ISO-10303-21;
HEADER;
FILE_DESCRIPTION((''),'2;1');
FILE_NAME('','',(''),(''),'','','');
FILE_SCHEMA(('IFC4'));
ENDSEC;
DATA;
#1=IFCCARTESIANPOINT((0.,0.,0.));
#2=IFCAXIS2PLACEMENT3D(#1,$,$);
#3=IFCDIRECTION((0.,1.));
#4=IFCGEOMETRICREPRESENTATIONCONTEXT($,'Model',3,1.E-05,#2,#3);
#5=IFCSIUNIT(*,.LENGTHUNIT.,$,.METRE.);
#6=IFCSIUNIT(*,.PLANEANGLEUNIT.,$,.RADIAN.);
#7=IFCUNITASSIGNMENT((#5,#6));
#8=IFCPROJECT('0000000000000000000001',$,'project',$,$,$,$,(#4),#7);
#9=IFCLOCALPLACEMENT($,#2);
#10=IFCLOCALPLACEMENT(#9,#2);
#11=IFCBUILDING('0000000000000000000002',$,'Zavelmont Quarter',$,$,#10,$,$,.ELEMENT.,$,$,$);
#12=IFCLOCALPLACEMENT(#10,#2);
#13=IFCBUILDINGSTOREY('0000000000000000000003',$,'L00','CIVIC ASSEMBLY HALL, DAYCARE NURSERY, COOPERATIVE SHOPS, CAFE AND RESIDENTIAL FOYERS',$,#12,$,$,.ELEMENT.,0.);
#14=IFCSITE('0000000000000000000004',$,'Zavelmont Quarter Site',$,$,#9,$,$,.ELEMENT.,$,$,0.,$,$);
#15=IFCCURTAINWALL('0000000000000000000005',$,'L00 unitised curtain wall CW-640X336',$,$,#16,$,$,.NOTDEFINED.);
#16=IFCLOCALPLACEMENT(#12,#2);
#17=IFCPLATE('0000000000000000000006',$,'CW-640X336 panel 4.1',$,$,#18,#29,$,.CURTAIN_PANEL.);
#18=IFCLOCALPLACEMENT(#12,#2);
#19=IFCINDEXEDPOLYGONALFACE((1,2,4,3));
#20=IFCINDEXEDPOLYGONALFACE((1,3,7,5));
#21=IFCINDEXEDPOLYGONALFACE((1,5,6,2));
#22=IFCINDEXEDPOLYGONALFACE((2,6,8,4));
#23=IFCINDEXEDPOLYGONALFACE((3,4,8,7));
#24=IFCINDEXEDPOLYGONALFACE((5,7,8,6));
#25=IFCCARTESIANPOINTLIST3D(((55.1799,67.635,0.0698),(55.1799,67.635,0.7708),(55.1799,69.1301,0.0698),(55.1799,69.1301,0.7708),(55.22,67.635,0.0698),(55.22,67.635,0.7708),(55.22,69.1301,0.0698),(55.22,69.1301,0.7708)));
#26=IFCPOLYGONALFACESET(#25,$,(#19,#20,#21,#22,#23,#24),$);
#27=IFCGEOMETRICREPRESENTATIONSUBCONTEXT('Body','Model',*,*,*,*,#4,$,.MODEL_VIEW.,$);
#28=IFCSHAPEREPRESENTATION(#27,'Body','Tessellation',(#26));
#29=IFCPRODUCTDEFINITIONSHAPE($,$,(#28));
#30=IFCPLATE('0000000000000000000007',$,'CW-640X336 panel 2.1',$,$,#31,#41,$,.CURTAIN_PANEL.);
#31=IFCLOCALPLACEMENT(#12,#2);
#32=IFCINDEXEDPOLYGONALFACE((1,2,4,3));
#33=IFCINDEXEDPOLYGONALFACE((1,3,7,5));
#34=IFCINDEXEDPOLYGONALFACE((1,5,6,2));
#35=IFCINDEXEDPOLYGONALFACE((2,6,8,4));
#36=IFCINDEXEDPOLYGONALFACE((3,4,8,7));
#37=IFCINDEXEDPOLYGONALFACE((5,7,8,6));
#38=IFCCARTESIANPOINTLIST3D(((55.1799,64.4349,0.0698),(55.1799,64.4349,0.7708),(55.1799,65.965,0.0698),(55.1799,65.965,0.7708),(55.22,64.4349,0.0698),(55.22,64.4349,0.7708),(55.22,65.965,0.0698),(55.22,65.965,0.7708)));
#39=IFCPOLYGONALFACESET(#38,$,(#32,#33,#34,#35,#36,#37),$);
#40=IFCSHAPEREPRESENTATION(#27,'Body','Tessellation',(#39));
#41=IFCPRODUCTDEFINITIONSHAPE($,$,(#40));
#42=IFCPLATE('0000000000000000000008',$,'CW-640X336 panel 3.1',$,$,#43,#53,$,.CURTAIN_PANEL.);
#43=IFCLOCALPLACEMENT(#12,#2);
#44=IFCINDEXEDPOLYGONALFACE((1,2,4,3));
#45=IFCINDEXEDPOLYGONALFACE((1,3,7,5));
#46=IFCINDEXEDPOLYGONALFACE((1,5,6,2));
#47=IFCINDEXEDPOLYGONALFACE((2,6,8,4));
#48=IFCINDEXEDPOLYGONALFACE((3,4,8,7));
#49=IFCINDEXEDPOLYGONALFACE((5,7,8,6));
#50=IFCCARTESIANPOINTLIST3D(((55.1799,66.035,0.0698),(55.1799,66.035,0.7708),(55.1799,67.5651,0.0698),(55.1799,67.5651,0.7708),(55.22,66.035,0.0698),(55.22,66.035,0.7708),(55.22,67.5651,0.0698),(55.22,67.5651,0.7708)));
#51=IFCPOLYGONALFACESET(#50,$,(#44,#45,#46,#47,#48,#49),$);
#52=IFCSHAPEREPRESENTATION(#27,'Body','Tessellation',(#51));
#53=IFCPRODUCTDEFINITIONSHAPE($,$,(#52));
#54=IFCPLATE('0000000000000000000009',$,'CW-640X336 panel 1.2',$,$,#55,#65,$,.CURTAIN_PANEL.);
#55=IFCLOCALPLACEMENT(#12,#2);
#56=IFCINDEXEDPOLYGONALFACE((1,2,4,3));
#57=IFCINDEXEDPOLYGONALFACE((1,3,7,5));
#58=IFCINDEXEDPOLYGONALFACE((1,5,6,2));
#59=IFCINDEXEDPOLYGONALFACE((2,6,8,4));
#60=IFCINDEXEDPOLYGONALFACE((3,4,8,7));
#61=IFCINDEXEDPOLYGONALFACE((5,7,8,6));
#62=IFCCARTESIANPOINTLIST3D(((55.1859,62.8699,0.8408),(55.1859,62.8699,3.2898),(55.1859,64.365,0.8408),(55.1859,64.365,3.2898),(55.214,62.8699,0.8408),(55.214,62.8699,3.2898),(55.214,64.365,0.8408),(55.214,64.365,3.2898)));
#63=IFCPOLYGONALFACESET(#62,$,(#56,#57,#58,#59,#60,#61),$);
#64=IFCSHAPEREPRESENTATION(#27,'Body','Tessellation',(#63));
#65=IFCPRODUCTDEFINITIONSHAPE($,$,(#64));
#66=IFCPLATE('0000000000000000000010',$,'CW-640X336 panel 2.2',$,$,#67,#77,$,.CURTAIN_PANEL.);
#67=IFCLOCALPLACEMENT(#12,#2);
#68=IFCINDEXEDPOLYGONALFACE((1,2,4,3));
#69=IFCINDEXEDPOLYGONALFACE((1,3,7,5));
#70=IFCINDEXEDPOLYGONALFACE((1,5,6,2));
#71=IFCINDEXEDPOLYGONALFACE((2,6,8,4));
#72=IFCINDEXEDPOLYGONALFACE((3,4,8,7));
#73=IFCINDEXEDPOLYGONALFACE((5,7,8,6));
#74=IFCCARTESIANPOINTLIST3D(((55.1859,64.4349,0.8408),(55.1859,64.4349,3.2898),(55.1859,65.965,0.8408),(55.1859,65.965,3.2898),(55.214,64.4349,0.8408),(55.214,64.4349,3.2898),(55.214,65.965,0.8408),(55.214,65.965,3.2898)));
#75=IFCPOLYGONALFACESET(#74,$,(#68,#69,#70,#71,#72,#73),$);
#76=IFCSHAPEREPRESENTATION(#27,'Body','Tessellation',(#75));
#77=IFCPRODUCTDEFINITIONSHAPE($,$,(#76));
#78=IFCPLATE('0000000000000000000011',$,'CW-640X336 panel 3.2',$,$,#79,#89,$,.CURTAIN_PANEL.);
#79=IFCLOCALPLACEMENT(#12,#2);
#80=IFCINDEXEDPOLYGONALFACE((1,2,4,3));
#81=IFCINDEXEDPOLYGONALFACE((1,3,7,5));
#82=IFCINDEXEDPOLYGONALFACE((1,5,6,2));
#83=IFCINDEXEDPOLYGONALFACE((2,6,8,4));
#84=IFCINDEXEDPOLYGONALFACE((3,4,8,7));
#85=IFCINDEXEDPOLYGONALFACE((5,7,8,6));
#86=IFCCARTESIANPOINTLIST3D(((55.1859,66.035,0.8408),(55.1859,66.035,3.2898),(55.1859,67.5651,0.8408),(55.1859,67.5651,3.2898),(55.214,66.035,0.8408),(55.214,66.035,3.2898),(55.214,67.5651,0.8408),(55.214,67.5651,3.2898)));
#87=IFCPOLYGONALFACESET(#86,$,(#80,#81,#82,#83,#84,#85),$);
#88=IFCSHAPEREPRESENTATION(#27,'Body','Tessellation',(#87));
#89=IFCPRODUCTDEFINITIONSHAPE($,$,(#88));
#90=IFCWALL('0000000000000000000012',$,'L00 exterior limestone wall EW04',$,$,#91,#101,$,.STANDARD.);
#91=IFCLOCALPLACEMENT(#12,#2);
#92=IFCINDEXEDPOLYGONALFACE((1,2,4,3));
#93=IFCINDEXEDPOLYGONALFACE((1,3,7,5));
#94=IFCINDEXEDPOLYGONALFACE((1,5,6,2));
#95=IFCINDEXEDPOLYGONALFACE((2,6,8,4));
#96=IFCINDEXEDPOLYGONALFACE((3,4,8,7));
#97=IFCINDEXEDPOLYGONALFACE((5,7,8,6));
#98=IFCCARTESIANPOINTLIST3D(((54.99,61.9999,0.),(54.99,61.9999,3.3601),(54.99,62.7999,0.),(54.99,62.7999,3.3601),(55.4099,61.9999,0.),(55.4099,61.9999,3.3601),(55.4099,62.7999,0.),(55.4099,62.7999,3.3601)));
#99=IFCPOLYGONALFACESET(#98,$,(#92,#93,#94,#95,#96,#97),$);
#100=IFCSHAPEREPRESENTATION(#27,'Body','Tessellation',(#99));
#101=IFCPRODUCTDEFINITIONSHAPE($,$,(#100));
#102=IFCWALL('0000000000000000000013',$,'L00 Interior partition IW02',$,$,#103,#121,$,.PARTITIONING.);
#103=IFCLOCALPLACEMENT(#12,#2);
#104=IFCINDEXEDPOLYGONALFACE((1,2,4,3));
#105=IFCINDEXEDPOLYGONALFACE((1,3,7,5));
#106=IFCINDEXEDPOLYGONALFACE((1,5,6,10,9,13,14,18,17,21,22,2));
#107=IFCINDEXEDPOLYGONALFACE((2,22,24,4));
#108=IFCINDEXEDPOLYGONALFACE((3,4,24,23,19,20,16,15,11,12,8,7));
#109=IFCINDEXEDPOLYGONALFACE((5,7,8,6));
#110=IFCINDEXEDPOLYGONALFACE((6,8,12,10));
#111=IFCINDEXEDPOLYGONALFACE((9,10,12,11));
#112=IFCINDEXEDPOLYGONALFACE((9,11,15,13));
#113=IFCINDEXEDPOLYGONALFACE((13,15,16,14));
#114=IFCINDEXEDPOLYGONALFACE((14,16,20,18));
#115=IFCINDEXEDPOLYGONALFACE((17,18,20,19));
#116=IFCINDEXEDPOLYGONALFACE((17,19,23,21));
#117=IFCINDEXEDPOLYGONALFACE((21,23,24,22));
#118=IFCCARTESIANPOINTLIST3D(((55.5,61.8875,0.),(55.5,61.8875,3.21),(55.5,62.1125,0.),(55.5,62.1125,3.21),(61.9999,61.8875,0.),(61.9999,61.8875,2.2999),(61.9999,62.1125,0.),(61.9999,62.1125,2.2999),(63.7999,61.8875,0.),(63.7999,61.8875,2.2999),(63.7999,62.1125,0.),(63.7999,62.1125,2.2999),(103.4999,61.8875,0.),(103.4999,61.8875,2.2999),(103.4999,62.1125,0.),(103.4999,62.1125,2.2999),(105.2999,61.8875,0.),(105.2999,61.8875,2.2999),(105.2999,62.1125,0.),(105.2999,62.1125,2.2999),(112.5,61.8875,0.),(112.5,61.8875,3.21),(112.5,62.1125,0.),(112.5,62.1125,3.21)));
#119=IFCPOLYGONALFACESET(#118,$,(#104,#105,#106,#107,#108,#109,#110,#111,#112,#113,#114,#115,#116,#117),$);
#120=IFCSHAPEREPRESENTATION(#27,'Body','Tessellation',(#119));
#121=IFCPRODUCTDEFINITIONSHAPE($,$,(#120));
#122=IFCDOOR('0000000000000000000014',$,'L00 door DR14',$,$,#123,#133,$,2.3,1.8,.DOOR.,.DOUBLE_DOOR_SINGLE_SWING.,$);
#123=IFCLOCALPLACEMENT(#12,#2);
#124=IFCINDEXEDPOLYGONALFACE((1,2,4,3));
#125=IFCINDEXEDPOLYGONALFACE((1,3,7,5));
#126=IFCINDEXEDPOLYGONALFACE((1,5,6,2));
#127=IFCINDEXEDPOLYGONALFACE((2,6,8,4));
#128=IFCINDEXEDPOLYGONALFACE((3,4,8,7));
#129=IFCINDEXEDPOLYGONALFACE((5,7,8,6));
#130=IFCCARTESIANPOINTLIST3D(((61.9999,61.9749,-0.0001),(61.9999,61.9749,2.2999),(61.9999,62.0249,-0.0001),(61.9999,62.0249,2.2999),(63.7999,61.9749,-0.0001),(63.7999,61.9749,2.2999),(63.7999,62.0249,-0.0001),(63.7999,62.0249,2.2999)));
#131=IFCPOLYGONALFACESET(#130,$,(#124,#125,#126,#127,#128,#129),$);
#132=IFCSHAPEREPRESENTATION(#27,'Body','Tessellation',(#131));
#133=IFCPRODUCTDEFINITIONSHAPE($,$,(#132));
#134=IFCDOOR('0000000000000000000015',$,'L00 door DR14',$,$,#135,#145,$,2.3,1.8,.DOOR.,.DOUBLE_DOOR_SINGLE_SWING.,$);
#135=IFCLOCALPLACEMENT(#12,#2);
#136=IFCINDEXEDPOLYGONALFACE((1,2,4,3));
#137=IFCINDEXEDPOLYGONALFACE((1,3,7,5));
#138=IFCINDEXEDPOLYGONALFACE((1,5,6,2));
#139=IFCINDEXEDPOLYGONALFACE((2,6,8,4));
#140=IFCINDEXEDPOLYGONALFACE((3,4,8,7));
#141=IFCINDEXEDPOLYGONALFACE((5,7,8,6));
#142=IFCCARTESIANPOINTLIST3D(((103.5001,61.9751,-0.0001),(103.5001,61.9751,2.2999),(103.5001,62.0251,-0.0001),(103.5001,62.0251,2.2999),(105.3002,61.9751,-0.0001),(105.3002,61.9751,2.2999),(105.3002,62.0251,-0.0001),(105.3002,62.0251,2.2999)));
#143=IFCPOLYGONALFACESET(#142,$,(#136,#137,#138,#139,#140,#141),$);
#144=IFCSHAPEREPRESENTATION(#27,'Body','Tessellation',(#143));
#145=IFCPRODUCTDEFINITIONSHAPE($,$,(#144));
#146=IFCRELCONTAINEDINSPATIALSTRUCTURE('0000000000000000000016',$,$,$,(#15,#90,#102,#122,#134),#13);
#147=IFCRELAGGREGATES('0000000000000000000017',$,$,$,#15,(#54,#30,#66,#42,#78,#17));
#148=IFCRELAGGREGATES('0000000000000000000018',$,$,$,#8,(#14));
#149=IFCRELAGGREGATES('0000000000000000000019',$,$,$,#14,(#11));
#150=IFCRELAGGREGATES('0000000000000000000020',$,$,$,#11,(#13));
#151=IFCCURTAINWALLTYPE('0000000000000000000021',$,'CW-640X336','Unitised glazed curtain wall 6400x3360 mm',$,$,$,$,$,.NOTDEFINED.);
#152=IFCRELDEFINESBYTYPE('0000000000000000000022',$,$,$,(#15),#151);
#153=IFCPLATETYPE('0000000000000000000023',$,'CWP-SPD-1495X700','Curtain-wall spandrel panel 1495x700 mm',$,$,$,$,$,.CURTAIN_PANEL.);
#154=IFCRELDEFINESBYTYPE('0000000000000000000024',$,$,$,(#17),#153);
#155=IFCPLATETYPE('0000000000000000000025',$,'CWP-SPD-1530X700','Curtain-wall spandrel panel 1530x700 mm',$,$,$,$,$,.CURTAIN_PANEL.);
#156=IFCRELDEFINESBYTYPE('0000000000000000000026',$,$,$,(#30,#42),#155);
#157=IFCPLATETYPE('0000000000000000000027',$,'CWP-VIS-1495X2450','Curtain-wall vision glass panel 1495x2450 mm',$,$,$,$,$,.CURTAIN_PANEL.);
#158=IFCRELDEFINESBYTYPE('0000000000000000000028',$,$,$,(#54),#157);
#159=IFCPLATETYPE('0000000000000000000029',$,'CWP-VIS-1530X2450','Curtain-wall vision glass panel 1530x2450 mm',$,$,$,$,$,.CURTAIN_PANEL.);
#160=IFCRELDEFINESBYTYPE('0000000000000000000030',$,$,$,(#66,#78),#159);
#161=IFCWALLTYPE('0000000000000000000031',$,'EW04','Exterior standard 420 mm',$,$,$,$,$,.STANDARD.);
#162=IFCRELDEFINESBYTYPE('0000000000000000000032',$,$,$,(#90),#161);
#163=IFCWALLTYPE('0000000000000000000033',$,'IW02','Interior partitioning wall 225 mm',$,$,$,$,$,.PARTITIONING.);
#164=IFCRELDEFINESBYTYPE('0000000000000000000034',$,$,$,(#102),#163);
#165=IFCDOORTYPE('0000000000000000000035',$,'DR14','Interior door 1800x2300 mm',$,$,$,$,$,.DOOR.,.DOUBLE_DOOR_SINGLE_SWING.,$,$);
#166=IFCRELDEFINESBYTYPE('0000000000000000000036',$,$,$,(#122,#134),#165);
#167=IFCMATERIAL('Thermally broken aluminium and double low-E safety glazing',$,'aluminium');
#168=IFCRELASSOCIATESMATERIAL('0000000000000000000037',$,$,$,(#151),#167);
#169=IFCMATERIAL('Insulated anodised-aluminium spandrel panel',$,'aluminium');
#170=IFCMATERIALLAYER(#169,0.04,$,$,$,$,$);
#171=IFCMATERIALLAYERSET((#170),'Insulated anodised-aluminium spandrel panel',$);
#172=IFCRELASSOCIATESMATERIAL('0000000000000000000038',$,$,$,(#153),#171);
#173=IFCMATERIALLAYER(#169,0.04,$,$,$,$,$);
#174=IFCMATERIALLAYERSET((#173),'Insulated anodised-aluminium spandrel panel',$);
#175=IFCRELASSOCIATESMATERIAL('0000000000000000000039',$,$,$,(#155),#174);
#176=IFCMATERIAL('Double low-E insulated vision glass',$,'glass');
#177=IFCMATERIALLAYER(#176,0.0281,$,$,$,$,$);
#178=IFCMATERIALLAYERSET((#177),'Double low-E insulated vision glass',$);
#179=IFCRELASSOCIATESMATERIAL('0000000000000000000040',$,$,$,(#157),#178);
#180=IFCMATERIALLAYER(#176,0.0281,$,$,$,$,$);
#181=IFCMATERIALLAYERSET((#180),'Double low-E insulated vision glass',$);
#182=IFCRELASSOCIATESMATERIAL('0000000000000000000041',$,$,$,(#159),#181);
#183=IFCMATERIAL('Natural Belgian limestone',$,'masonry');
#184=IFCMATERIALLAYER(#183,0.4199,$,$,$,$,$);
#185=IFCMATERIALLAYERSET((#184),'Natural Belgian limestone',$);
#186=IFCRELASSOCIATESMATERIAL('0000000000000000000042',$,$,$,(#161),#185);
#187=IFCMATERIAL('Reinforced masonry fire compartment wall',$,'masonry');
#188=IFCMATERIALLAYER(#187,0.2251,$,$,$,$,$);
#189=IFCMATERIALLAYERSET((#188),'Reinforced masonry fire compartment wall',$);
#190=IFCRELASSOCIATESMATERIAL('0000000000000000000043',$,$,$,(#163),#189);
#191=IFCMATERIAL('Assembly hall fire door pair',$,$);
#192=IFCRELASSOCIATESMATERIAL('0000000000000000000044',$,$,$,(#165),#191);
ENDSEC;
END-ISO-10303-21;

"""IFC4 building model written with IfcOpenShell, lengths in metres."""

from ifc_helpers import new_model, si_unit, direction, frame, frame_2d, origin, origin_with_axes, origin_2d, place, context, subcontext, project, spatial, rectangle, extrude, material, layer, layer_set, type_object, element, fill, aggregate, save


model = new_model("IFC4")

# Units and contexts
model_context = context("Model", 3, precision=1e-05, world=origin(), true_north=direction((0.0, 1.0)))
body_context = subcontext(model_context, "Body", "Model", "MODEL_VIEW")
ifc_project = project(units=[si_unit("LENGTHUNIT", "METRE"), si_unit("PLANEANGLEUNIT", "RADIAN")], contexts=[model_context])

# Site, building, storey
site_placement = place(None, origin())
site = spatial("IfcSite", under=ifc_project, at=site_placement, Name="Zavelmont Quarter Site", CompositionType="ELEMENT", RefElevation=0.0)
building_placement = place(site_placement, origin())
building = spatial("IfcBuilding", under=site, at=building_placement, Name="Zavelmont Quarter", CompositionType="ELEMENT")
storey_placement = place(building_placement, origin())
storey = spatial("IfcBuildingStorey", under=building, at=storey_placement, Name="L00", Description="CIVIC ASSEMBLY HALL, DAYCARE NURSERY, COOPERATIVE SHOPS, CAFE AND RESIDENTIAL FOYERS", CompositionType="ELEMENT", Elevation=0.0)

# Curtain wall, plates
ifc_material_1 = material(Name="Thermally broken aluminium and double low-E safety glazing", Category="aluminium")
curtain_wall_type = type_object("IfcCurtainWallType", Name="CW-640X336", Description="Unitised glazed curtain wall 6400x3360 mm", PredefinedType="NOTDEFINED", material=ifc_material_1)
curtain_wall_placement = place(storey_placement, origin())
curtain_wall = element("IfcCurtainWall", 1, at=curtain_wall_placement, inside=storey, type_object=curtain_wall_type, Name="L00 unitised curtain wall CW-640X336", PredefinedType="NOTDEFINED")
ifc_material_2 = material(Name="Insulated anodised-aluminium spandrel panel", Category="aluminium")
ifc_layer_1 = layer(ifc_material_2, 0.04)
ifc_layer_set_1 = layer_set([ifc_layer_1], Name="Insulated anodised-aluminium spandrel panel")
plate_type_1 = type_object("IfcPlateType", Name="CWP-SPD-1495X700", Description="Curtain-wall spandrel panel 1495x700 mm", PredefinedType="CURTAIN_PANEL", material=ifc_layer_set_1)
plate_1_placement = place(storey_placement, frame((55.2, 68.3826, 0.0698), z_axis=(0.0, 0.0, 1.0), x_axis=(0.0, 1.0, 0.0)))
plate_1 = element("IfcPlate", 2, at=plate_1_placement, type_object=plate_type_1, Name="CW-640X336 panel 4.1", PredefinedType="CURTAIN_PANEL", context=body_context, shape_type="SweptSolid", body=[
    extrude(rectangle(XDim=1.4951, YDim=0.04, at=origin_2d()), origin(), (0.0, 0.0, 1.0), 0.7009),
])
ifc_layer_2 = layer(ifc_material_2, 0.04)
ifc_layer_set_2 = layer_set([ifc_layer_2], Name="Insulated anodised-aluminium spandrel panel")
plate_type_2 = type_object("IfcPlateType", Name="CWP-SPD-1530X700", Description="Curtain-wall spandrel panel 1530x700 mm", PredefinedType="CURTAIN_PANEL", material=ifc_layer_set_2)
plate_2_placement = place(storey_placement, frame((55.2, 65.2, 0.0698), z_axis=(0.0, 0.0, 1.0), x_axis=(0.0, 1.0, 0.0)))
plate_2 = element("IfcPlate", 3, at=plate_2_placement, type_object=plate_type_2, Name="CW-640X336 panel 2.1", PredefinedType="CURTAIN_PANEL", context=body_context, shape_type="SweptSolid", body=[
    extrude(rectangle(XDim=1.53, YDim=0.04, at=origin_2d()), origin(), (0.0, 0.0, 1.0), 0.7009),
])
plate_3_placement = place(storey_placement, frame((55.2, 66.8, 0.0698), z_axis=(0.0, 0.0, 1.0), x_axis=(0.0, 1.0, 0.0)))
plate_3 = element("IfcPlate", 4, at=plate_3_placement, type_object=plate_type_2, Name="CW-640X336 panel 3.1", PredefinedType="CURTAIN_PANEL", context=body_context, shape_type="SweptSolid", body=[
    extrude(rectangle(XDim=1.53, YDim=0.04, at=origin_2d()), origin(), (0.0, 0.0, 1.0), 0.7009),
])
ifc_material_3 = material(Name="Double low-E insulated vision glass", Category="glass")
ifc_layer_3 = layer(ifc_material_3, 0.0281)
ifc_layer_set_3 = layer_set([ifc_layer_3], Name="Double low-E insulated vision glass")
plate_type_3 = type_object("IfcPlateType", Name="CWP-VIS-1495X2450", Description="Curtain-wall vision glass panel 1495x2450 mm", PredefinedType="CURTAIN_PANEL", material=ifc_layer_set_3)
plate_4_placement = place(storey_placement, frame((55.2, 63.6174, 0.8408), z_axis=(0.0, 0.0, 1.0), x_axis=(0.0, 1.0, 0.0)))
plate_4 = element("IfcPlate", 5, at=plate_4_placement, type_object=plate_type_3, Name="CW-640X336 panel 1.2", PredefinedType="CURTAIN_PANEL", context=body_context, shape_type="SweptSolid", body=[
    extrude(rectangle(XDim=1.4951, YDim=0.0281, at=origin_2d()), origin(), (0.0, 0.0, 1.0), 2.449),
])
ifc_layer_4 = layer(ifc_material_3, 0.0281)
ifc_layer_set_4 = layer_set([ifc_layer_4], Name="Double low-E insulated vision glass")
plate_type_4 = type_object("IfcPlateType", Name="CWP-VIS-1530X2450", Description="Curtain-wall vision glass panel 1530x2450 mm", PredefinedType="CURTAIN_PANEL", material=ifc_layer_set_4)
plate_5_placement = place(storey_placement, frame((55.2, 65.2, 0.8408), z_axis=(0.0, 0.0, 1.0), x_axis=(0.0, 1.0, 0.0)))
plate_5 = element("IfcPlate", 6, at=plate_5_placement, type_object=plate_type_4, Name="CW-640X336 panel 2.2", PredefinedType="CURTAIN_PANEL", context=body_context, shape_type="SweptSolid", body=[
    extrude(rectangle(XDim=1.53, YDim=0.0281, at=origin_2d()), origin(), (0.0, 0.0, 1.0), 2.449),
])
plate_6_placement = place(storey_placement, frame((55.2, 66.8, 0.8408), z_axis=(0.0, 0.0, 1.0), x_axis=(0.0, 1.0, 0.0)))
plate_6 = element("IfcPlate", 7, at=plate_6_placement, type_object=plate_type_4, Name="CW-640X336 panel 3.2", PredefinedType="CURTAIN_PANEL", context=body_context, shape_type="SweptSolid", body=[
    extrude(rectangle(XDim=1.53, YDim=0.0281, at=origin_2d()), origin(), (0.0, 0.0, 1.0), 2.449),
])
aggregate(curtain_wall, [plate_4, plate_2, plate_5, plate_3, plate_6, plate_1])

# Wall
ifc_material_4 = material(Name="Natural Belgian limestone", Category="masonry")
ifc_layer_5 = layer(ifc_material_4, 0.4199)
ifc_layer_set_5 = layer_set([ifc_layer_5], Name="Natural Belgian limestone")
wall_type_1 = type_object("IfcWallType", Name="EW04", Description="Exterior standard 420 mm", PredefinedType="STANDARD", material=ifc_layer_set_5)
wall_1_placement = place(storey_placement, frame((55.2, 62.0, 0.0), z_axis=(0.0, 0.0, 1.0), x_axis=(0.0, 1.0, 0.0)))
element("IfcWall", 8, at=wall_1_placement, inside=storey, type_object=wall_type_1, Name="L00 exterior limestone wall EW04", PredefinedType="STANDARD", context=body_context, shape_type="SweptSolid", body=[
    extrude(rectangle(XDim=0.8, YDim=0.4199, at=frame_2d((0.3999, 0.0))), origin(), (0.0, 0.0, 1.0), 3.3601),
])

# Wall, openings, doors
ifc_material_5 = material(Name="Reinforced masonry fire compartment wall", Category="masonry")
ifc_layer_6 = layer(ifc_material_5, 0.2251)
ifc_layer_set_6 = layer_set([ifc_layer_6], Name="Reinforced masonry fire compartment wall")
wall_type_2 = type_object("IfcWallType", Name="IW02", Description="Interior partitioning wall 225 mm", PredefinedType="PARTITIONING", material=ifc_layer_set_6)
wall_2_placement = place(storey_placement, frame((55.5, 62.0, 0.0), z_axis=(0.0, 0.0, 1.0), x_axis=(1.0, 0.0, 0.0)))
wall_2 = element("IfcWall", 9, at=wall_2_placement, inside=storey, type_object=wall_type_2, Name="L00 Interior partition IW02", PredefinedType="PARTITIONING", context=body_context, shape_type="SweptSolid", body=[
    extrude(rectangle(XDim=57.0, YDim=0.2251, at=frame_2d((28.5, 0.0))), origin(), (0.0, 0.0, 1.0), 3.21),
])
opening_1_placement = place(wall_2_placement, frame((6.5, 0.0, 0.0)))
opening_1 = element("IfcOpeningElement", 10, at=opening_1_placement, cuts=wall_2, PredefinedType="OPENING", context=body_context, shape_type="SweptSolid", body=[
    extrude(rectangle(XDim=1.8, YDim=2.3, at=frame_2d((0.8999, 1.1499))), frame((0.0, 0.1245, 0.0), z_axis=(0.0, -1.0, 0.0), x_axis=(1.0, 0.0, 0.0)), (0.0, 0.0, 1.0), 0.249),
])
opening_2_placement = place(wall_2_placement, frame((48.0, 0.0, 0.0)))
opening_2 = element("IfcOpeningElement", 11, at=opening_2_placement, cuts=wall_2, PredefinedType="OPENING", context=body_context, shape_type="SweptSolid", body=[
    extrude(rectangle(XDim=1.8, YDim=2.3, at=frame_2d((0.8999, 1.1499))), frame((0.0, 0.1245, 0.0), z_axis=(0.0, -1.0, 0.0), x_axis=(1.0, 0.0, 0.0)), (0.0, 0.0, 1.0), 0.249),
])
ifc_material_6 = material(Name="Assembly hall fire door pair")
door_type = type_object("IfcDoorType", Name="DR14", Description="Interior door 1800x2300 mm", OperationType="DOUBLE_DOOR_SINGLE_SWING", PredefinedType="DOOR", material=ifc_material_6)
door_1_placement = place(opening_1_placement, origin_with_axes())
door_1 = element("IfcDoor", 12, at=door_1_placement, inside=storey, type_object=door_type, Name="L00 door DR14", OperationType="DOUBLE_DOOR_SINGLE_SWING", OverallHeight=2.3, OverallWidth=1.8, PredefinedType="DOOR", context=body_context, shape_type="SweptSolid", body=[
    extrude(rectangle(XDim=1.8, YDim=2.3, at=frame_2d((0.8999, 1.1499))), frame((0.0, 0.0249, 0.0), z_axis=(0.0, -1.0, 0.0), x_axis=(1.0, 0.0, 0.0)), (0.0, 0.0, 1.0), 0.05),
])
fill(opening_1, door_1)
door_2_placement = place(opening_2_placement, frame((1.8, 0.0, 0.0), z_axis=(0.0, 0.0, 1.0), x_axis=(-1.0, 0.0, 0.0)))
door_2 = element("IfcDoor", 13, at=door_2_placement, inside=storey, type_object=door_type, Name="L00 door DR14", OperationType="DOUBLE_DOOR_SINGLE_SWING", OverallHeight=2.3, OverallWidth=1.8, PredefinedType="DOOR", context=body_context, shape_type="SweptSolid", body=[
    extrude(rectangle(XDim=1.8, YDim=2.3, at=frame_2d((0.8999, 1.1499))), frame((0.0, 0.0249, 0.0), z_axis=(0.0, -1.0, 0.0), x_axis=(1.0, 0.0, 0.0)), (0.0, 0.0, 1.0), 0.05),
])
fill(opening_2, door_2)

save(model, "model.ifc")
